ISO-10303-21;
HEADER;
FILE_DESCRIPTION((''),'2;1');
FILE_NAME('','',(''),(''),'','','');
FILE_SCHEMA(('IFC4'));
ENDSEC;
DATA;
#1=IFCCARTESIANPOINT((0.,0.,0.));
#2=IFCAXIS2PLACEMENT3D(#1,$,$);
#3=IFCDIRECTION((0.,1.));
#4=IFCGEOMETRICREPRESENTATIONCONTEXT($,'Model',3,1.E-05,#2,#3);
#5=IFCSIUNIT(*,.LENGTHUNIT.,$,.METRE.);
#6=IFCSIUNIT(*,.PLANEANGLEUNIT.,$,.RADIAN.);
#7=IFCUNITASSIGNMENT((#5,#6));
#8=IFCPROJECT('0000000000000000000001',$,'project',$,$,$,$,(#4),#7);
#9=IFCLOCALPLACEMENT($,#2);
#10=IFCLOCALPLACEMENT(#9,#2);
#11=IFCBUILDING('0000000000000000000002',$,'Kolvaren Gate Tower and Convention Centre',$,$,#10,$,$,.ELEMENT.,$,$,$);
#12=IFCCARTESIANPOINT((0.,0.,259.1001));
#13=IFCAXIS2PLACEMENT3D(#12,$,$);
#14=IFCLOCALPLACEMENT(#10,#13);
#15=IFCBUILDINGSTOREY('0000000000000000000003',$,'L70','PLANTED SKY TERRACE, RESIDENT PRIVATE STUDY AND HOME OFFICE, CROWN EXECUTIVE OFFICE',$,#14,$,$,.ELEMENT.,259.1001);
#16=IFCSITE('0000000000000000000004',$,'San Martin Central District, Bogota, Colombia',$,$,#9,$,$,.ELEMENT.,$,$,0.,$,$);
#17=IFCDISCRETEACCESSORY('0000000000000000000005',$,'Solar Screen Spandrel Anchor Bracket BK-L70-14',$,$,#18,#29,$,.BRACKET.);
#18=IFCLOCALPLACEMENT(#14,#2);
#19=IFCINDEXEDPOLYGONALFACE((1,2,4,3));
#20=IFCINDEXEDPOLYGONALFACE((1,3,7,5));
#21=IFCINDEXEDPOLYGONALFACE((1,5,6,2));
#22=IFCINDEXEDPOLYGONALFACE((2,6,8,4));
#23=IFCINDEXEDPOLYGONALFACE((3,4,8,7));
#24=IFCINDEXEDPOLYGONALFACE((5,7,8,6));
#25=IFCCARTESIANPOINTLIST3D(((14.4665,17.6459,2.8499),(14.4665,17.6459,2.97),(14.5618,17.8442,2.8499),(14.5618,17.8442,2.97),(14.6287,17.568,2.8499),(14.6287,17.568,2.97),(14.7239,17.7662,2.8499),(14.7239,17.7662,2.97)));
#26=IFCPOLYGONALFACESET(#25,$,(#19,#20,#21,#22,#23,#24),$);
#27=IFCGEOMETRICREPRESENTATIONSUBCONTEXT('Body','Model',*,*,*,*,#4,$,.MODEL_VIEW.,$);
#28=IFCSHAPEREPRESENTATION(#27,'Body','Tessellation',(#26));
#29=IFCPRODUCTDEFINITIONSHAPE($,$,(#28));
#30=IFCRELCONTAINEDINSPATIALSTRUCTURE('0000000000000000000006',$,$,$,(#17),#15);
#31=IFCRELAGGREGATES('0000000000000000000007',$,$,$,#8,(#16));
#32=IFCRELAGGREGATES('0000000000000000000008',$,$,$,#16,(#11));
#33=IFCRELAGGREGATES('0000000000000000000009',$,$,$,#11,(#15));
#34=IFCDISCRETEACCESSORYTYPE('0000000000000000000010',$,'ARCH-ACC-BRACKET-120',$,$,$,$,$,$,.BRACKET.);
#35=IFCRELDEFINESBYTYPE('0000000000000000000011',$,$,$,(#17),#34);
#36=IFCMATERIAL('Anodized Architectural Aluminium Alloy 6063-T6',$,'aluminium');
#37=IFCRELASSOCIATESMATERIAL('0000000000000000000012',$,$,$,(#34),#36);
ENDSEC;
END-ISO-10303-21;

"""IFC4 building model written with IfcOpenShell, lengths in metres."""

from ifc_helpers import new_model, si_unit, direction, frame, origin, origin_2d, place, context, subcontext, project, spatial, rectangle, extrude, material, type_object, element, save


model = new_model("IFC4")

# Units and contexts
model_context = context("Model", 3, precision=1e-05, world=origin(), true_north=direction((0.0, 1.0)))
body_context = subcontext(model_context, "Body", "Model", "MODEL_VIEW")
ifc_project = project(units=[si_unit("LENGTHUNIT", "METRE"), si_unit("PLANEANGLEUNIT", "RADIAN")], contexts=[model_context])

# Site, building, storey
site_placement = place(None, origin())
site = spatial("IfcSite", under=ifc_project, at=site_placement, Name="San Martin Central District, Bogota, Colombia", CompositionType="ELEMENT", RefElevation=0.0)
building_placement = place(site_placement, origin())
building = spatial("IfcBuilding", under=site, at=building_placement, Name="Kolvaren Gate Tower and Convention Centre", CompositionType="ELEMENT")
storey_placement = place(building_placement, frame((0.0, 0.0, 259.1001)))
storey = spatial("IfcBuildingStorey", under=building, at=storey_placement, Name="L70", Description="PLANTED SKY TERRACE, RESIDENT PRIVATE STUDY AND HOME OFFICE, CROWN EXECUTIVE OFFICE", CompositionType="ELEMENT", Elevation=259.1001)

# Shared definitions
ifc_material_1 = material(Name="Anodized Architectural Aluminium Alloy 6063-T6", Category="aluminium")

# Discrete accessory
discrete_accessory_type = type_object("IfcDiscreteAccessoryType", Name="ARCH-ACC-BRACKET-120", PredefinedType="BRACKET", material=ifc_material_1)
discrete_accessory_placement = place(storey_placement, frame((14.5952, 17.7061, 2.8499), z_axis=(0.0, 0.0, 1.0), x_axis=(0.901356, -0.433079, 0.0)))
element("IfcDiscreteAccessory", 1, at=discrete_accessory_placement, inside=storey, type_object=discrete_accessory_type, Name="Solar Screen Spandrel Anchor Bracket BK-L70-14", PredefinedType="BRACKET", context=body_context, shape_type="SweptSolid", body=[
    extrude(rectangle(XDim=0.1799, YDim=0.22, at=origin_2d()), origin(), (0.0, 0.0, 1.0), 0.1201),
])

save(model, "model.ifc")
